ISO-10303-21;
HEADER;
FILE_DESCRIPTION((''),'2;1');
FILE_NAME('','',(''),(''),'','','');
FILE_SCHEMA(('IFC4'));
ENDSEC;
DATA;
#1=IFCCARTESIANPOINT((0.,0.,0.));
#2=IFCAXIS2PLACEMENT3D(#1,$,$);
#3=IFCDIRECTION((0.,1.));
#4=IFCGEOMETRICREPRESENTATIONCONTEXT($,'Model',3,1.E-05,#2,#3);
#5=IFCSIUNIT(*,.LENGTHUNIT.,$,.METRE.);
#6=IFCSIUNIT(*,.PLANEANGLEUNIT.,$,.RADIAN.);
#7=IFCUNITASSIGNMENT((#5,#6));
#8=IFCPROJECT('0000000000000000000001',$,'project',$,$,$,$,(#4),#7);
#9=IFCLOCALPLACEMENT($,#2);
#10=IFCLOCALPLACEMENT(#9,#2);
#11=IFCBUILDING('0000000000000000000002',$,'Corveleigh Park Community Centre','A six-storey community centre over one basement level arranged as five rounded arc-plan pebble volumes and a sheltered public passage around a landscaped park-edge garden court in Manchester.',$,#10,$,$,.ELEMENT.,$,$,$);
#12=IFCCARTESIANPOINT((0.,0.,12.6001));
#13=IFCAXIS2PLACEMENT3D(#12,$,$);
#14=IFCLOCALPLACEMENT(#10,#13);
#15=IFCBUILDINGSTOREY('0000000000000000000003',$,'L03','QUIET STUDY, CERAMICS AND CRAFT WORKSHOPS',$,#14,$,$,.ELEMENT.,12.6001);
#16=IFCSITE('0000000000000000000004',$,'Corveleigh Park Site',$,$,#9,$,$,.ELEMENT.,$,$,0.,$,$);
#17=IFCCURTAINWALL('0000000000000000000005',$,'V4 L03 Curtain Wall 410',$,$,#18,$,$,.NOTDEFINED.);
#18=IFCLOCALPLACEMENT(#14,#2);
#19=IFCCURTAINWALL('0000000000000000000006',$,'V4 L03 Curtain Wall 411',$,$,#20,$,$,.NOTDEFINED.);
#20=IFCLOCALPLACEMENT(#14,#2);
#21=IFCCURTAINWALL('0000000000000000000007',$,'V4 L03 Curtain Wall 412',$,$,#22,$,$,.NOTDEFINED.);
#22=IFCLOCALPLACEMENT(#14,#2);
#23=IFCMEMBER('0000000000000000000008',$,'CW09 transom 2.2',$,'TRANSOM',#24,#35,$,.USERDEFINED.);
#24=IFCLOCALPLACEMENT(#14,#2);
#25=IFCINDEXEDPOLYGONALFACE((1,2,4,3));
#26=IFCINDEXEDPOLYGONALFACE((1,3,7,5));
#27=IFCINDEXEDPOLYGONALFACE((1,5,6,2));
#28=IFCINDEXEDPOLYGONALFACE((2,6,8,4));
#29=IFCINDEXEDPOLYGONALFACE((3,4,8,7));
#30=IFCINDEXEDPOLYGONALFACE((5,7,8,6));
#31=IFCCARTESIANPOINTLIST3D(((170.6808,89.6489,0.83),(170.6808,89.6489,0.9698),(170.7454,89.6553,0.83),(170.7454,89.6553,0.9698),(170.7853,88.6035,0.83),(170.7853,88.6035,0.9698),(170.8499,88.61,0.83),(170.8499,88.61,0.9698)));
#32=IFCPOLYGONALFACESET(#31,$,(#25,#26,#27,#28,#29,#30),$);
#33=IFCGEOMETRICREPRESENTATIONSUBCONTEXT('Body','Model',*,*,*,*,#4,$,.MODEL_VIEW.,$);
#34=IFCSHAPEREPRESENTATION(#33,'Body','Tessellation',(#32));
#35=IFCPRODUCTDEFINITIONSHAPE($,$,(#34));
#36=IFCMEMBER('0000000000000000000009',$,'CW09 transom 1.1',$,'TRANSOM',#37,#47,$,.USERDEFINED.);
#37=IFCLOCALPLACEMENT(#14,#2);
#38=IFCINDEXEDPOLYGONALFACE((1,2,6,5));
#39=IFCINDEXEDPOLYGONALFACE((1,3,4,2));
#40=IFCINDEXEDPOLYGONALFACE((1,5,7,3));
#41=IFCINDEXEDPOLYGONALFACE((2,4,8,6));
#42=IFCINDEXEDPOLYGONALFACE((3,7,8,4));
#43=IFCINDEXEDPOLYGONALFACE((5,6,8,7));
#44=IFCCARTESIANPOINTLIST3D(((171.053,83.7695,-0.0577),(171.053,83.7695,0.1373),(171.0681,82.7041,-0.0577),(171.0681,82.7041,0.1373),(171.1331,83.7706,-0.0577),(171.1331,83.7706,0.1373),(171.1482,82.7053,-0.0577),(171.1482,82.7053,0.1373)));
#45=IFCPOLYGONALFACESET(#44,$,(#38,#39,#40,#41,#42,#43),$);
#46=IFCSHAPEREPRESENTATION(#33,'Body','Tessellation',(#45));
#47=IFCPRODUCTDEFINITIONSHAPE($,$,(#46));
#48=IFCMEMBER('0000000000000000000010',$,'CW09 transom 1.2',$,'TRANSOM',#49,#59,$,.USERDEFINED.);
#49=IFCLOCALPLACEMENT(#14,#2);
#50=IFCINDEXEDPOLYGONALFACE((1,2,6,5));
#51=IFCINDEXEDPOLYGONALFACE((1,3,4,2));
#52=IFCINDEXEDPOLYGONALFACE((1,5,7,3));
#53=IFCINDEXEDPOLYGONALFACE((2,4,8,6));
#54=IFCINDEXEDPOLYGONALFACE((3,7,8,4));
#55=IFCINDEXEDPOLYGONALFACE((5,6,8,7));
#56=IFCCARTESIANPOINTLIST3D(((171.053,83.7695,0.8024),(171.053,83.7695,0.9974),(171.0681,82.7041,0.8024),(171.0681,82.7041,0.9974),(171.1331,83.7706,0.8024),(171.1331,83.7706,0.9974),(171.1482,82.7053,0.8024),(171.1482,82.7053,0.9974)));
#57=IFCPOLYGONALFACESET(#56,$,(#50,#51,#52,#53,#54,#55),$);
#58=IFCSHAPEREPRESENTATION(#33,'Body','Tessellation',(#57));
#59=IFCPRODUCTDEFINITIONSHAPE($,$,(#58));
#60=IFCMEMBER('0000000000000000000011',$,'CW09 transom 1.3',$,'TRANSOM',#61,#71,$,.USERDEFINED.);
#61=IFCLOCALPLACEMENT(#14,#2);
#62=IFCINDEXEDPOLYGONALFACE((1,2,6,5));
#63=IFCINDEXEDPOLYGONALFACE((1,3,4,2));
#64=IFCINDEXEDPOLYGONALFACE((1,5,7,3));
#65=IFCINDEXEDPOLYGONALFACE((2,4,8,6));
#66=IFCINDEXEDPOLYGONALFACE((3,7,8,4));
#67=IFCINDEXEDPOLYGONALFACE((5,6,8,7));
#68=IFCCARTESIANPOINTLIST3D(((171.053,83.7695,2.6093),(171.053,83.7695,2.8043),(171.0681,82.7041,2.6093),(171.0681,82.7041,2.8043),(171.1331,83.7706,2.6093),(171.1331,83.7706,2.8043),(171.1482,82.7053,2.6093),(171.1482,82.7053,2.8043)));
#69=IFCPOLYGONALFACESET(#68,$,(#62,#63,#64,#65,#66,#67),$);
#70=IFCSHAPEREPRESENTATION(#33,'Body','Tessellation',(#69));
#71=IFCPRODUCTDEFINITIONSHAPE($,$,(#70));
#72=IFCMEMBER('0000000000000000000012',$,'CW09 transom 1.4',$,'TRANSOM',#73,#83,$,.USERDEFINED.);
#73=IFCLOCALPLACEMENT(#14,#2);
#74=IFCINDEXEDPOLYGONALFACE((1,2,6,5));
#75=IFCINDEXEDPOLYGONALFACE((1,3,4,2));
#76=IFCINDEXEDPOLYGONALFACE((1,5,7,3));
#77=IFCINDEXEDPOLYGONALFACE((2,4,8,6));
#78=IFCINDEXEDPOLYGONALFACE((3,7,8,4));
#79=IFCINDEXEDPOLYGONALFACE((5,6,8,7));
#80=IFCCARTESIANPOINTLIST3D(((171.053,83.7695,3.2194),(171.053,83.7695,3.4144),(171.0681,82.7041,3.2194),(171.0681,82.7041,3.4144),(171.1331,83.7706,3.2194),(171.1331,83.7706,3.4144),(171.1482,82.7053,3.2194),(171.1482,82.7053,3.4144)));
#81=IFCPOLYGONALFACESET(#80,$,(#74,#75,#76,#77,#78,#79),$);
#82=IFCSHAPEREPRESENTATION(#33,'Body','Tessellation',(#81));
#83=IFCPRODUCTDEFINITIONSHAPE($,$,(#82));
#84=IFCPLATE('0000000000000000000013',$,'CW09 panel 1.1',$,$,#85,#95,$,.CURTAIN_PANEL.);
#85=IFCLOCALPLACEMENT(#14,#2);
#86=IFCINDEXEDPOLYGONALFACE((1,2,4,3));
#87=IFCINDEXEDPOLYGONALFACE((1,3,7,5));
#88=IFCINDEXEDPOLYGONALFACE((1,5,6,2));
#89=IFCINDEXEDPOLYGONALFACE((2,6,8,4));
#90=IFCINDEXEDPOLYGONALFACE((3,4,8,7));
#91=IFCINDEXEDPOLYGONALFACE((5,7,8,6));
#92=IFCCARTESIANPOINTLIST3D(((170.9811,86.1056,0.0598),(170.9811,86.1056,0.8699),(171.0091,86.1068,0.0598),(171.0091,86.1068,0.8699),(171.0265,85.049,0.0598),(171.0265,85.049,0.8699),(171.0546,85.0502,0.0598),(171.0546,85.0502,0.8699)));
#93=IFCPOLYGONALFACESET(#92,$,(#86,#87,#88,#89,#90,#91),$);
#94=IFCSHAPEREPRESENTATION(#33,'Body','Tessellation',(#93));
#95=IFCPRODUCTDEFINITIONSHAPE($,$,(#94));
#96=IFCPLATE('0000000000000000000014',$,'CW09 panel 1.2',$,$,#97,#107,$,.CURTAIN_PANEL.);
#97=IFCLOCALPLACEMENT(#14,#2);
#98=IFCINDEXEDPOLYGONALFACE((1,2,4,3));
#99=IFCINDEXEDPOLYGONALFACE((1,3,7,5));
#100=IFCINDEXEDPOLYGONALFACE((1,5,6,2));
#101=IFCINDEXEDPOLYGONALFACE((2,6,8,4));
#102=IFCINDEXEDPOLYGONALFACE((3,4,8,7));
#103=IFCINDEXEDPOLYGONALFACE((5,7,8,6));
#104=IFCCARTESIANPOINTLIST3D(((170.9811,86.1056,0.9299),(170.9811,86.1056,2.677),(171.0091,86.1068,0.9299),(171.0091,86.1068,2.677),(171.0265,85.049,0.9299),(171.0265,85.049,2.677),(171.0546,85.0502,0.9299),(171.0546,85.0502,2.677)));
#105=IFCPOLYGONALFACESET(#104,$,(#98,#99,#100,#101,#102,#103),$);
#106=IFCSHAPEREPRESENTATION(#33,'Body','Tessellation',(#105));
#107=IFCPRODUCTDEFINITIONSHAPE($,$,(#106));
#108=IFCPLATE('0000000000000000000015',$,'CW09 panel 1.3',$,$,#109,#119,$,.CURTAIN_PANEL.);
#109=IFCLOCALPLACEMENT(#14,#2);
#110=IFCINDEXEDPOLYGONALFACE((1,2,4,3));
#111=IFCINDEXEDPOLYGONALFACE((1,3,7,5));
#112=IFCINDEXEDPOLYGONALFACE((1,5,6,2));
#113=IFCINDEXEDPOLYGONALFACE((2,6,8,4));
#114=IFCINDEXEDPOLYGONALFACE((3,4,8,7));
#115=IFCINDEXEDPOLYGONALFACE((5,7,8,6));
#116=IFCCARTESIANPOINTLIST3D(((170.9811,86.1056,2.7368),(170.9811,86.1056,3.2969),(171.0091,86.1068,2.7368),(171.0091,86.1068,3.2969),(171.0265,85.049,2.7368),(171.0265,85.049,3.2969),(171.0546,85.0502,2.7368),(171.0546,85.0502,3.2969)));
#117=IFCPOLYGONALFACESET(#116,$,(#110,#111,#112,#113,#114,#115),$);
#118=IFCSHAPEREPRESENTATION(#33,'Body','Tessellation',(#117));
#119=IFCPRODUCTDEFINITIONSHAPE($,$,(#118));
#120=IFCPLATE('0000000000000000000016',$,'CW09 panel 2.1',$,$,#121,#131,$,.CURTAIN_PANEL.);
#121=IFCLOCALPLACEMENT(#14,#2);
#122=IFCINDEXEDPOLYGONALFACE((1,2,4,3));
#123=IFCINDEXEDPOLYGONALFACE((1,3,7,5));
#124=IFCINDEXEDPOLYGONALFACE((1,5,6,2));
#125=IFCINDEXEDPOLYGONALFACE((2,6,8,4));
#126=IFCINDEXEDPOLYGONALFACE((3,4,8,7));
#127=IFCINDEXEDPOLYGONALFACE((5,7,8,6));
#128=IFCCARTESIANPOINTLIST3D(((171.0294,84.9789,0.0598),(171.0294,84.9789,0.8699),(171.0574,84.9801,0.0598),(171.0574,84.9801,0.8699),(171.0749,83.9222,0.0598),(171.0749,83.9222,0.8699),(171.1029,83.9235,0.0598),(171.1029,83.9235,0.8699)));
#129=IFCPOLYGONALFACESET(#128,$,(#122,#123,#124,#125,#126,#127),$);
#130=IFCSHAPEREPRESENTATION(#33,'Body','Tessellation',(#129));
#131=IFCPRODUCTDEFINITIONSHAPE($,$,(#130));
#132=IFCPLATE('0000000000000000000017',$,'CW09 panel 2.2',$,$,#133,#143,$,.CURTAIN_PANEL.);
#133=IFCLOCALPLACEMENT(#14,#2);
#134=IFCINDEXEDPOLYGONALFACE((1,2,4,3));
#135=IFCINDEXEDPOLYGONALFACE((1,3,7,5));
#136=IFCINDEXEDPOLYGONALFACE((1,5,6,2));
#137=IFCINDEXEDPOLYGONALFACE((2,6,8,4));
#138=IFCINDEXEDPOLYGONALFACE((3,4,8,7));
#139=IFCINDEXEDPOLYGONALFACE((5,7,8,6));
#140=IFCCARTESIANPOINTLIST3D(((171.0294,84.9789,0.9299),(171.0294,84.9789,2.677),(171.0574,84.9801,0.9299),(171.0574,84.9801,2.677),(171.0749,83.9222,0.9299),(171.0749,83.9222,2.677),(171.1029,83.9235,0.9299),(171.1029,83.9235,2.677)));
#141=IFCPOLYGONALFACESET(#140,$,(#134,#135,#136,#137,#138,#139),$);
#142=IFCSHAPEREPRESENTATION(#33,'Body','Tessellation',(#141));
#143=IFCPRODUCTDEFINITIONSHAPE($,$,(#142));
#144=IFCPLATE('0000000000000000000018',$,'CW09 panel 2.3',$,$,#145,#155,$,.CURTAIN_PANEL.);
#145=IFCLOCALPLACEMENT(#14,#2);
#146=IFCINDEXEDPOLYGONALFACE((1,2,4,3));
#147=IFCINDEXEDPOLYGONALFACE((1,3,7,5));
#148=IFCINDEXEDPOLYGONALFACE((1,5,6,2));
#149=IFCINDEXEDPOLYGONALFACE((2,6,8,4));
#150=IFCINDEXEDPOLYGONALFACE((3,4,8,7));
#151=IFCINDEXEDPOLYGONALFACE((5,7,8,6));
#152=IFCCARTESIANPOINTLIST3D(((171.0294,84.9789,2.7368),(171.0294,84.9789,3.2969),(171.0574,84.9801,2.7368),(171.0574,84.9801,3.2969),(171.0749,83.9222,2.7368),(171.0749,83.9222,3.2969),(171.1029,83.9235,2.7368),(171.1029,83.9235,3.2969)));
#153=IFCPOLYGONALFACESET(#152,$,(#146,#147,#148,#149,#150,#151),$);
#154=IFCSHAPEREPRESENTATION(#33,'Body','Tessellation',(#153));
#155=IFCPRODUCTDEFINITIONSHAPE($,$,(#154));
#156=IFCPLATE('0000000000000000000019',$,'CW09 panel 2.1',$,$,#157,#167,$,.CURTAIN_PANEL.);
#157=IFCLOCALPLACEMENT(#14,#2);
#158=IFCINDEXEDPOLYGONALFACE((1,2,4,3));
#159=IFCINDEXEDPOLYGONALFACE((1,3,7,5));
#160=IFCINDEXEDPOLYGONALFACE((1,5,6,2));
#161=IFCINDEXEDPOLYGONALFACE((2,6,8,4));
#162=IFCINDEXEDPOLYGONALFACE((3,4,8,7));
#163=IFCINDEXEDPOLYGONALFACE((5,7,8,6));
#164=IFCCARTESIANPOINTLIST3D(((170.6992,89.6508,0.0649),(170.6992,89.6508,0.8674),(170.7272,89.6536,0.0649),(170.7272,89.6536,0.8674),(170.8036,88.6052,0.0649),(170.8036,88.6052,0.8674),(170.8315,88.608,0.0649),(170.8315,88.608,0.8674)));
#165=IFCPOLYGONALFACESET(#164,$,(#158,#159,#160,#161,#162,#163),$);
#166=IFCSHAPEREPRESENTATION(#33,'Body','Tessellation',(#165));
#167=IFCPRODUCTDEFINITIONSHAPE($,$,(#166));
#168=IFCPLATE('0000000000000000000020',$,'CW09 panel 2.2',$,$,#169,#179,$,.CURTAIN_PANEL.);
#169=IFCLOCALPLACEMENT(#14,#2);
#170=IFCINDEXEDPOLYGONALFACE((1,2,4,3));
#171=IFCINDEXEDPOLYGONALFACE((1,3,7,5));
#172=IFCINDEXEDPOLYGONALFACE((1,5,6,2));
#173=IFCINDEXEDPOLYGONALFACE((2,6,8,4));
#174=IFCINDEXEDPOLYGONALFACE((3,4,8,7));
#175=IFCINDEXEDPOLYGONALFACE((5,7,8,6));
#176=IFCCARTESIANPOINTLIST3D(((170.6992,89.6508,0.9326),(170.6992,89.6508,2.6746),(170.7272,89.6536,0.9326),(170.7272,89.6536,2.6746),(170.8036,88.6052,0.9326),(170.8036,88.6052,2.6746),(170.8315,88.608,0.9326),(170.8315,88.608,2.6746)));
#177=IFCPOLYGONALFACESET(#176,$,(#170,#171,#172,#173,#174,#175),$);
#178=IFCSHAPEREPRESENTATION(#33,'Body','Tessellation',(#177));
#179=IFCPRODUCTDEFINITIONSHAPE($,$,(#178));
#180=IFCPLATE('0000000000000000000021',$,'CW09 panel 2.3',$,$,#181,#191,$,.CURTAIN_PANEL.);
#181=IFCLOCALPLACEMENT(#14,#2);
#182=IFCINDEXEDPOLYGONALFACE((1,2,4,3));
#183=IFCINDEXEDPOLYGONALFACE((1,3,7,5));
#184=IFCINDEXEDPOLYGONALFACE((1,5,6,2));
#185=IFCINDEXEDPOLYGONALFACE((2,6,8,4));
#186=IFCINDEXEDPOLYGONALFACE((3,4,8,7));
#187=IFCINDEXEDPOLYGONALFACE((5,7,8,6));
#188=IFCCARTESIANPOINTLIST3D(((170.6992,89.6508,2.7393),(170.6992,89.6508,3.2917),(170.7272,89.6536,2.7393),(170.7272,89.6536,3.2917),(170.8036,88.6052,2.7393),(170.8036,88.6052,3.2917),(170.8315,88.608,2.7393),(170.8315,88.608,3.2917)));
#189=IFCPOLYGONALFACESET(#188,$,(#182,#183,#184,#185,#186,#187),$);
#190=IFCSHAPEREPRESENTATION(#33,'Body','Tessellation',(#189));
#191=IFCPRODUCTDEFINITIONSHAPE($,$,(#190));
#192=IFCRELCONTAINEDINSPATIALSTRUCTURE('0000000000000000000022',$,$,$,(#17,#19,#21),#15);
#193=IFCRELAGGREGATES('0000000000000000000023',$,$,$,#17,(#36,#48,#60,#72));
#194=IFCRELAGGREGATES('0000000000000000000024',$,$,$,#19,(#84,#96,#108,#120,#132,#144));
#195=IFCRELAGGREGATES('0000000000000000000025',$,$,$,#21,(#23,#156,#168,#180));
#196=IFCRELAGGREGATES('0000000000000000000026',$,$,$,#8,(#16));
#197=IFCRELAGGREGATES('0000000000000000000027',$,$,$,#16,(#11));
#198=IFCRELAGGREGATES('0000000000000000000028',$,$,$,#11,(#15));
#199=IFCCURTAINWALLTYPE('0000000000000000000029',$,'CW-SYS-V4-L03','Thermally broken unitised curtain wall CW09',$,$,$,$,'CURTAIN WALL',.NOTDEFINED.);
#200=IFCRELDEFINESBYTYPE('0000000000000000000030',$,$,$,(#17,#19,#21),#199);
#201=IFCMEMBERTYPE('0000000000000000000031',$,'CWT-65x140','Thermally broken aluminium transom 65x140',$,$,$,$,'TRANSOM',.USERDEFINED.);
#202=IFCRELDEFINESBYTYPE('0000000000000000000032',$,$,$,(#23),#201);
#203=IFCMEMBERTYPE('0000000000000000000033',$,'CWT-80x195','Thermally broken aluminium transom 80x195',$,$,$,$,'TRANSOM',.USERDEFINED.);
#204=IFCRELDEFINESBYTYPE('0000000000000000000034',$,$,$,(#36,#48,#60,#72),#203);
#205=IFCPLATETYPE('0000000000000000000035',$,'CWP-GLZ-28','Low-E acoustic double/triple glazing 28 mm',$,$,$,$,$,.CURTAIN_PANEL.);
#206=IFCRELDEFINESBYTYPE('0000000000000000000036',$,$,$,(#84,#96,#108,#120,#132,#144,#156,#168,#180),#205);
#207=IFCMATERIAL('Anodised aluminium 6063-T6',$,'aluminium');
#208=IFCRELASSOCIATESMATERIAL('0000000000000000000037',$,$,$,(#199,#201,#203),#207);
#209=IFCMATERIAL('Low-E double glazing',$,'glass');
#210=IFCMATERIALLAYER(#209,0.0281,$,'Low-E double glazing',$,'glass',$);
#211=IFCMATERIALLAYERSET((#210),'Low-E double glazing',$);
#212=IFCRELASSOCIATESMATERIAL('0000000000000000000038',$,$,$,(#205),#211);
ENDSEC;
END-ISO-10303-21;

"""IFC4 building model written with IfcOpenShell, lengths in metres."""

from ifc_helpers import new_model, si_unit, direction, frame, origin, origin_2d, place, context, subcontext, project, spatial, rectangle, extrude, material, layer, layer_set, material_profile, profile_set, type_object, element, aggregate, save


model = new_model("IFC4")

# Units and contexts
model_context = context("Model", 3, precision=1e-05, world=origin(), true_north=direction((0.0, 1.0)))
body_context = subcontext(model_context, "Body", "Model", "MODEL_VIEW")
ifc_project = project(units=[si_unit("LENGTHUNIT", "METRE"), si_unit("PLANEANGLEUNIT", "RADIAN")], contexts=[model_context])

# Site, building, storey
site_placement = place(None, origin())
site = spatial("IfcSite", under=ifc_project, at=site_placement, Name="Corveleigh Park Site", CompositionType="ELEMENT", RefElevation=0.0)
building_placement = place(site_placement, origin())
building = spatial("IfcBuilding", under=site, at=building_placement, Name="Corveleigh Park Community Centre", Description="A six-storey community centre over one basement level arranged as five rounded arc-plan pebble volumes and a sheltered public passage around a landscaped park-edge garden court in Manchester.", CompositionType="ELEMENT")
storey_placement = place(building_placement, frame((0.0, 0.0, 12.6001)))
storey = spatial("IfcBuildingStorey", under=building, at=storey_placement, Name="L03", Description="QUIET STUDY, CERAMICS AND CRAFT WORKSHOPS", CompositionType="ELEMENT", Elevation=12.6001)

# Curtain wall
ifc_material_1 = material(Name="Anodised aluminium 6063-T6", Category="aluminium")
curtain_wall_type = type_object("IfcCurtainWallType", Name="CW-SYS-V4-L03", Description="Thermally broken unitised curtain wall CW09", ElementType="CURTAIN WALL", PredefinedType="NOTDEFINED", material=ifc_material_1)
curtain_wall_1_placement = place(storey_placement, origin())
curtain_wall_1 = element("IfcCurtainWall", 1, at=curtain_wall_1_placement, inside=storey, type_object=curtain_wall_type, Name="V4 L03 Curtain Wall 410", PredefinedType="NOTDEFINED")

# Curtain wall
curtain_wall_2_placement = place(storey_placement, origin())
curtain_wall_2 = element("IfcCurtainWall", 2, at=curtain_wall_2_placement, inside=storey, type_object=curtain_wall_type, Name="V4 L03 Curtain Wall 411", PredefinedType="NOTDEFINED")

# Curtain wall
curtain_wall_3_placement = place(storey_placement, origin())
curtain_wall_3 = element("IfcCurtainWall", 3, at=curtain_wall_3_placement, inside=storey, type_object=curtain_wall_type, Name="V4 L03 Curtain Wall 412", PredefinedType="NOTDEFINED")

# Members
ifc_material_profile_1 = material_profile(ifc_material_1, rectangle(XDim=0.0649, YDim=0.1399, at=origin_2d()), Name="ALU-T65x140", Category="aluminium")
ifc_profile_set_1 = profile_set([ifc_material_profile_1], Name="Anodised aluminium 6063-T6")
member_type_1 = type_object("IfcMemberType", Name="CWT-65x140", Description="Thermally broken aluminium transom 65x140", ElementType="TRANSOM", PredefinedType="USERDEFINED", material=ifc_profile_set_1)
member_1_placement = place(storey_placement, frame((170.7131, 89.6521, 0.8999), z_axis=(0.099458, -0.995042, 0.0), x_axis=(0.995042, 0.099458, 0.0)))
member_1 = element("IfcMember", 4, at=member_1_placement, type_object=member_type_1, Name="CW09 transom 2.2", ObjectType="TRANSOM", PredefinedType="USERDEFINED", context=body_context, shape_type="SweptSolid", body=[
    extrude(rectangle(XDim=0.0649, YDim=0.1399, at=origin_2d()), origin(), (0.0, 0.0, 1.0), 1.0505),
])
ifc_material_profile_2 = material_profile(ifc_material_1, rectangle(XDim=0.0801, YDim=0.1951, at=origin_2d()), Name="ALU-T80x195", Category="aluminium")
ifc_profile_set_2 = profile_set([ifc_material_profile_2], Name="Anodised aluminium 6063-T6")
member_type_2 = type_object("IfcMemberType", Name="CWT-80x195", Description="Thermally broken aluminium transom 80x195", ElementType="TRANSOM", PredefinedType="USERDEFINED", material=ifc_profile_set_2)
member_2_placement = place(storey_placement, frame((171.093, 83.77, 0.0398), z_axis=(0.014206, -0.999899, 0.0), x_axis=(0.999899, 0.014206, 0.0)))
member_2 = element("IfcMember", 5, at=member_2_placement, type_object=member_type_2, Name="CW09 transom 1.1", ObjectType="TRANSOM", PredefinedType="USERDEFINED", context=body_context, shape_type="SweptSolid", body=[
    extrude(rectangle(XDim=0.0801, YDim=0.1951, at=origin_2d()), origin(), (0.0, 0.0, 1.0), 1.0654),
])
member_3_placement = place(storey_placement, frame((171.093, 83.77, 0.8999), z_axis=(0.014206, -0.999899, 0.0), x_axis=(0.999899, 0.014206, 0.0)))
member_3 = element("IfcMember", 6, at=member_3_placement, type_object=member_type_2, Name="CW09 transom 1.2", ObjectType="TRANSOM", PredefinedType="USERDEFINED", context=body_context, shape_type="SweptSolid", body=[
    extrude(rectangle(XDim=0.0801, YDim=0.1951, at=origin_2d()), origin(), (0.0, 0.0, 1.0), 1.0654),
])
member_4_placement = place(storey_placement, frame((171.093, 83.77, 2.7068), z_axis=(0.014206, -0.999899, 0.0), x_axis=(0.999899, 0.014206, 0.0)))
member_4 = element("IfcMember", 7, at=member_4_placement, type_object=member_type_2, Name="CW09 transom 1.3", ObjectType="TRANSOM", PredefinedType="USERDEFINED", context=body_context, shape_type="SweptSolid", body=[
    extrude(rectangle(XDim=0.0801, YDim=0.1951, at=origin_2d()), origin(), (0.0, 0.0, 1.0), 1.0654),
])
member_5_placement = place(storey_placement, frame((171.093, 83.77, 3.3169), z_axis=(0.014206, -0.999899, 0.0), x_axis=(0.999899, 0.014206, 0.0)))
member_5 = element("IfcMember", 8, at=member_5_placement, type_object=member_type_2, Name="CW09 transom 1.4", ObjectType="TRANSOM", PredefinedType="USERDEFINED", context=body_context, shape_type="SweptSolid", body=[
    extrude(rectangle(XDim=0.0801, YDim=0.1951, at=origin_2d()), origin(), (0.0, 0.0, 1.0), 1.0654),
])
aggregate(curtain_wall_1, [member_2, member_3, member_4, member_5])

# Plates
ifc_material_2 = material(Name="Low-E double glazing", Category="glass")
ifc_layer_1 = layer(ifc_material_2, 0.0281, Name="Low-E double glazing", Category="glass")
ifc_layer_set_1 = layer_set([ifc_layer_1], Name="Low-E double glazing")
plate_type = type_object("IfcPlateType", Name="CWP-GLZ-28", Description="Low-E acoustic double/triple glazing 28 mm", PredefinedType="CURTAIN_PANEL", material=ifc_layer_set_1)
plate_1_placement = place(storey_placement, frame((171.0178, 85.5779, 0.0598), z_axis=(0.0, 0.0, 1.0), x_axis=(0.043008, -0.999075, 0.0)))
plate_1 = element("IfcPlate", 9, at=plate_1_placement, type_object=plate_type, Name="CW09 panel 1.1", PredefinedType="CURTAIN_PANEL", context=body_context, shape_type="SweptSolid", body=[
    extrude(rectangle(XDim=1.0576, YDim=0.0281, at=origin_2d()), origin(), (0.0, 0.0, 1.0), 0.8101),
])
plate_2_placement = place(storey_placement, frame((171.0178, 85.5779, 0.9299), z_axis=(0.0, 0.0, 1.0), x_axis=(0.043008, -0.999075, 0.0)))
plate_2 = element("IfcPlate", 10, at=plate_2_placement, type_object=plate_type, Name="CW09 panel 1.2", PredefinedType="CURTAIN_PANEL", context=body_context, shape_type="SweptSolid", body=[
    extrude(rectangle(XDim=1.0576, YDim=0.0281, at=origin_2d()), origin(), (0.0, 0.0, 1.0), 1.7471),
])
plate_3_placement = place(storey_placement, frame((171.0178, 85.5779, 2.7368), z_axis=(0.0, 0.0, 1.0), x_axis=(0.043008, -0.999075, 0.0)))
plate_3 = element("IfcPlate", 11, at=plate_3_placement, type_object=plate_type, Name="CW09 panel 1.3", PredefinedType="CURTAIN_PANEL", context=body_context, shape_type="SweptSolid", body=[
    extrude(rectangle(XDim=1.0576, YDim=0.0281, at=origin_2d()), origin(), (0.0, 0.0, 1.0), 0.5601),
])
plate_4_placement = place(storey_placement, frame((171.0662, 84.4512, 0.0598), z_axis=(0.0, 0.0, 1.0), x_axis=(0.043008, -0.999075, 0.0)))
plate_4 = element("IfcPlate", 12, at=plate_4_placement, type_object=plate_type, Name="CW09 panel 2.1", PredefinedType="CURTAIN_PANEL", context=body_context, shape_type="SweptSolid", body=[
    extrude(rectangle(XDim=1.0576, YDim=0.0281, at=origin_2d()), origin(), (0.0, 0.0, 1.0), 0.8101),
])
plate_5_placement = place(storey_placement, frame((171.0662, 84.4512, 0.9299), z_axis=(0.0, 0.0, 1.0), x_axis=(0.043008, -0.999075, 0.0)))
plate_5 = element("IfcPlate", 13, at=plate_5_placement, type_object=plate_type, Name="CW09 panel 2.2", PredefinedType="CURTAIN_PANEL", context=body_context, shape_type="SweptSolid", body=[
    extrude(rectangle(XDim=1.0576, YDim=0.0281, at=origin_2d()), origin(), (0.0, 0.0, 1.0), 1.7471),
])
plate_6_placement = place(storey_placement, frame((171.0662, 84.4512, 2.7368), z_axis=(0.0, 0.0, 1.0), x_axis=(0.043008, -0.999075, 0.0)))
plate_6 = element("IfcPlate", 14, at=plate_6_placement, type_object=plate_type, Name="CW09 panel 2.3", PredefinedType="CURTAIN_PANEL", context=body_context, shape_type="SweptSolid", body=[
    extrude(rectangle(XDim=1.0576, YDim=0.0281, at=origin_2d()), origin(), (0.0, 0.0, 1.0), 0.5601),
])
aggregate(curtain_wall_2, [plate_1, plate_2, plate_3, plate_4, plate_5, plate_6])
plate_7_placement = place(storey_placement, frame((170.7654, 89.1294, 0.0649), z_axis=(0.0, 0.0, 1.0), x_axis=(0.099291, -0.995058, 0.0)))
plate_7 = element("IfcPlate", 15, at=plate_7_placement, type_object=plate_type, Name="CW09 panel 2.1", PredefinedType="CURTAIN_PANEL", context=body_context, shape_type="SweptSolid", body=[
    extrude(rectangle(XDim=1.0508, YDim=0.0281, at=origin_2d()), origin(), (0.0, 0.0, 1.0), 0.8025),
])
plate_8_placement = place(storey_placement, frame((170.7654, 89.1294, 0.9326), z_axis=(0.0, 0.0, 1.0), x_axis=(0.099291, -0.995058, 0.0)))
plate_8 = element("IfcPlate", 16, at=plate_8_placement, type_object=plate_type, Name="CW09 panel 2.2", PredefinedType="CURTAIN_PANEL", context=body_context, shape_type="SweptSolid", body=[
    extrude(rectangle(XDim=1.0508, YDim=0.0281, at=origin_2d()), origin(), (0.0, 0.0, 1.0), 1.7419),
])
plate_9_placement = place(storey_placement, frame((170.7654, 89.1294, 2.7393), z_axis=(0.0, 0.0, 1.0), x_axis=(0.099291, -0.995058, 0.0)))
plate_9 = element("IfcPlate", 17, at=plate_9_placement, type_object=plate_type, Name="CW09 panel 2.3", PredefinedType="CURTAIN_PANEL", context=body_context, shape_type="SweptSolid", body=[
    extrude(rectangle(XDim=1.0508, YDim=0.0281, at=origin_2d()), origin(), (0.0, 0.0, 1.0), 0.5525),
])
aggregate(curtain_wall_3, [member_1, plate_7, plate_8, plate_9])

save(model, "model.ifc")
